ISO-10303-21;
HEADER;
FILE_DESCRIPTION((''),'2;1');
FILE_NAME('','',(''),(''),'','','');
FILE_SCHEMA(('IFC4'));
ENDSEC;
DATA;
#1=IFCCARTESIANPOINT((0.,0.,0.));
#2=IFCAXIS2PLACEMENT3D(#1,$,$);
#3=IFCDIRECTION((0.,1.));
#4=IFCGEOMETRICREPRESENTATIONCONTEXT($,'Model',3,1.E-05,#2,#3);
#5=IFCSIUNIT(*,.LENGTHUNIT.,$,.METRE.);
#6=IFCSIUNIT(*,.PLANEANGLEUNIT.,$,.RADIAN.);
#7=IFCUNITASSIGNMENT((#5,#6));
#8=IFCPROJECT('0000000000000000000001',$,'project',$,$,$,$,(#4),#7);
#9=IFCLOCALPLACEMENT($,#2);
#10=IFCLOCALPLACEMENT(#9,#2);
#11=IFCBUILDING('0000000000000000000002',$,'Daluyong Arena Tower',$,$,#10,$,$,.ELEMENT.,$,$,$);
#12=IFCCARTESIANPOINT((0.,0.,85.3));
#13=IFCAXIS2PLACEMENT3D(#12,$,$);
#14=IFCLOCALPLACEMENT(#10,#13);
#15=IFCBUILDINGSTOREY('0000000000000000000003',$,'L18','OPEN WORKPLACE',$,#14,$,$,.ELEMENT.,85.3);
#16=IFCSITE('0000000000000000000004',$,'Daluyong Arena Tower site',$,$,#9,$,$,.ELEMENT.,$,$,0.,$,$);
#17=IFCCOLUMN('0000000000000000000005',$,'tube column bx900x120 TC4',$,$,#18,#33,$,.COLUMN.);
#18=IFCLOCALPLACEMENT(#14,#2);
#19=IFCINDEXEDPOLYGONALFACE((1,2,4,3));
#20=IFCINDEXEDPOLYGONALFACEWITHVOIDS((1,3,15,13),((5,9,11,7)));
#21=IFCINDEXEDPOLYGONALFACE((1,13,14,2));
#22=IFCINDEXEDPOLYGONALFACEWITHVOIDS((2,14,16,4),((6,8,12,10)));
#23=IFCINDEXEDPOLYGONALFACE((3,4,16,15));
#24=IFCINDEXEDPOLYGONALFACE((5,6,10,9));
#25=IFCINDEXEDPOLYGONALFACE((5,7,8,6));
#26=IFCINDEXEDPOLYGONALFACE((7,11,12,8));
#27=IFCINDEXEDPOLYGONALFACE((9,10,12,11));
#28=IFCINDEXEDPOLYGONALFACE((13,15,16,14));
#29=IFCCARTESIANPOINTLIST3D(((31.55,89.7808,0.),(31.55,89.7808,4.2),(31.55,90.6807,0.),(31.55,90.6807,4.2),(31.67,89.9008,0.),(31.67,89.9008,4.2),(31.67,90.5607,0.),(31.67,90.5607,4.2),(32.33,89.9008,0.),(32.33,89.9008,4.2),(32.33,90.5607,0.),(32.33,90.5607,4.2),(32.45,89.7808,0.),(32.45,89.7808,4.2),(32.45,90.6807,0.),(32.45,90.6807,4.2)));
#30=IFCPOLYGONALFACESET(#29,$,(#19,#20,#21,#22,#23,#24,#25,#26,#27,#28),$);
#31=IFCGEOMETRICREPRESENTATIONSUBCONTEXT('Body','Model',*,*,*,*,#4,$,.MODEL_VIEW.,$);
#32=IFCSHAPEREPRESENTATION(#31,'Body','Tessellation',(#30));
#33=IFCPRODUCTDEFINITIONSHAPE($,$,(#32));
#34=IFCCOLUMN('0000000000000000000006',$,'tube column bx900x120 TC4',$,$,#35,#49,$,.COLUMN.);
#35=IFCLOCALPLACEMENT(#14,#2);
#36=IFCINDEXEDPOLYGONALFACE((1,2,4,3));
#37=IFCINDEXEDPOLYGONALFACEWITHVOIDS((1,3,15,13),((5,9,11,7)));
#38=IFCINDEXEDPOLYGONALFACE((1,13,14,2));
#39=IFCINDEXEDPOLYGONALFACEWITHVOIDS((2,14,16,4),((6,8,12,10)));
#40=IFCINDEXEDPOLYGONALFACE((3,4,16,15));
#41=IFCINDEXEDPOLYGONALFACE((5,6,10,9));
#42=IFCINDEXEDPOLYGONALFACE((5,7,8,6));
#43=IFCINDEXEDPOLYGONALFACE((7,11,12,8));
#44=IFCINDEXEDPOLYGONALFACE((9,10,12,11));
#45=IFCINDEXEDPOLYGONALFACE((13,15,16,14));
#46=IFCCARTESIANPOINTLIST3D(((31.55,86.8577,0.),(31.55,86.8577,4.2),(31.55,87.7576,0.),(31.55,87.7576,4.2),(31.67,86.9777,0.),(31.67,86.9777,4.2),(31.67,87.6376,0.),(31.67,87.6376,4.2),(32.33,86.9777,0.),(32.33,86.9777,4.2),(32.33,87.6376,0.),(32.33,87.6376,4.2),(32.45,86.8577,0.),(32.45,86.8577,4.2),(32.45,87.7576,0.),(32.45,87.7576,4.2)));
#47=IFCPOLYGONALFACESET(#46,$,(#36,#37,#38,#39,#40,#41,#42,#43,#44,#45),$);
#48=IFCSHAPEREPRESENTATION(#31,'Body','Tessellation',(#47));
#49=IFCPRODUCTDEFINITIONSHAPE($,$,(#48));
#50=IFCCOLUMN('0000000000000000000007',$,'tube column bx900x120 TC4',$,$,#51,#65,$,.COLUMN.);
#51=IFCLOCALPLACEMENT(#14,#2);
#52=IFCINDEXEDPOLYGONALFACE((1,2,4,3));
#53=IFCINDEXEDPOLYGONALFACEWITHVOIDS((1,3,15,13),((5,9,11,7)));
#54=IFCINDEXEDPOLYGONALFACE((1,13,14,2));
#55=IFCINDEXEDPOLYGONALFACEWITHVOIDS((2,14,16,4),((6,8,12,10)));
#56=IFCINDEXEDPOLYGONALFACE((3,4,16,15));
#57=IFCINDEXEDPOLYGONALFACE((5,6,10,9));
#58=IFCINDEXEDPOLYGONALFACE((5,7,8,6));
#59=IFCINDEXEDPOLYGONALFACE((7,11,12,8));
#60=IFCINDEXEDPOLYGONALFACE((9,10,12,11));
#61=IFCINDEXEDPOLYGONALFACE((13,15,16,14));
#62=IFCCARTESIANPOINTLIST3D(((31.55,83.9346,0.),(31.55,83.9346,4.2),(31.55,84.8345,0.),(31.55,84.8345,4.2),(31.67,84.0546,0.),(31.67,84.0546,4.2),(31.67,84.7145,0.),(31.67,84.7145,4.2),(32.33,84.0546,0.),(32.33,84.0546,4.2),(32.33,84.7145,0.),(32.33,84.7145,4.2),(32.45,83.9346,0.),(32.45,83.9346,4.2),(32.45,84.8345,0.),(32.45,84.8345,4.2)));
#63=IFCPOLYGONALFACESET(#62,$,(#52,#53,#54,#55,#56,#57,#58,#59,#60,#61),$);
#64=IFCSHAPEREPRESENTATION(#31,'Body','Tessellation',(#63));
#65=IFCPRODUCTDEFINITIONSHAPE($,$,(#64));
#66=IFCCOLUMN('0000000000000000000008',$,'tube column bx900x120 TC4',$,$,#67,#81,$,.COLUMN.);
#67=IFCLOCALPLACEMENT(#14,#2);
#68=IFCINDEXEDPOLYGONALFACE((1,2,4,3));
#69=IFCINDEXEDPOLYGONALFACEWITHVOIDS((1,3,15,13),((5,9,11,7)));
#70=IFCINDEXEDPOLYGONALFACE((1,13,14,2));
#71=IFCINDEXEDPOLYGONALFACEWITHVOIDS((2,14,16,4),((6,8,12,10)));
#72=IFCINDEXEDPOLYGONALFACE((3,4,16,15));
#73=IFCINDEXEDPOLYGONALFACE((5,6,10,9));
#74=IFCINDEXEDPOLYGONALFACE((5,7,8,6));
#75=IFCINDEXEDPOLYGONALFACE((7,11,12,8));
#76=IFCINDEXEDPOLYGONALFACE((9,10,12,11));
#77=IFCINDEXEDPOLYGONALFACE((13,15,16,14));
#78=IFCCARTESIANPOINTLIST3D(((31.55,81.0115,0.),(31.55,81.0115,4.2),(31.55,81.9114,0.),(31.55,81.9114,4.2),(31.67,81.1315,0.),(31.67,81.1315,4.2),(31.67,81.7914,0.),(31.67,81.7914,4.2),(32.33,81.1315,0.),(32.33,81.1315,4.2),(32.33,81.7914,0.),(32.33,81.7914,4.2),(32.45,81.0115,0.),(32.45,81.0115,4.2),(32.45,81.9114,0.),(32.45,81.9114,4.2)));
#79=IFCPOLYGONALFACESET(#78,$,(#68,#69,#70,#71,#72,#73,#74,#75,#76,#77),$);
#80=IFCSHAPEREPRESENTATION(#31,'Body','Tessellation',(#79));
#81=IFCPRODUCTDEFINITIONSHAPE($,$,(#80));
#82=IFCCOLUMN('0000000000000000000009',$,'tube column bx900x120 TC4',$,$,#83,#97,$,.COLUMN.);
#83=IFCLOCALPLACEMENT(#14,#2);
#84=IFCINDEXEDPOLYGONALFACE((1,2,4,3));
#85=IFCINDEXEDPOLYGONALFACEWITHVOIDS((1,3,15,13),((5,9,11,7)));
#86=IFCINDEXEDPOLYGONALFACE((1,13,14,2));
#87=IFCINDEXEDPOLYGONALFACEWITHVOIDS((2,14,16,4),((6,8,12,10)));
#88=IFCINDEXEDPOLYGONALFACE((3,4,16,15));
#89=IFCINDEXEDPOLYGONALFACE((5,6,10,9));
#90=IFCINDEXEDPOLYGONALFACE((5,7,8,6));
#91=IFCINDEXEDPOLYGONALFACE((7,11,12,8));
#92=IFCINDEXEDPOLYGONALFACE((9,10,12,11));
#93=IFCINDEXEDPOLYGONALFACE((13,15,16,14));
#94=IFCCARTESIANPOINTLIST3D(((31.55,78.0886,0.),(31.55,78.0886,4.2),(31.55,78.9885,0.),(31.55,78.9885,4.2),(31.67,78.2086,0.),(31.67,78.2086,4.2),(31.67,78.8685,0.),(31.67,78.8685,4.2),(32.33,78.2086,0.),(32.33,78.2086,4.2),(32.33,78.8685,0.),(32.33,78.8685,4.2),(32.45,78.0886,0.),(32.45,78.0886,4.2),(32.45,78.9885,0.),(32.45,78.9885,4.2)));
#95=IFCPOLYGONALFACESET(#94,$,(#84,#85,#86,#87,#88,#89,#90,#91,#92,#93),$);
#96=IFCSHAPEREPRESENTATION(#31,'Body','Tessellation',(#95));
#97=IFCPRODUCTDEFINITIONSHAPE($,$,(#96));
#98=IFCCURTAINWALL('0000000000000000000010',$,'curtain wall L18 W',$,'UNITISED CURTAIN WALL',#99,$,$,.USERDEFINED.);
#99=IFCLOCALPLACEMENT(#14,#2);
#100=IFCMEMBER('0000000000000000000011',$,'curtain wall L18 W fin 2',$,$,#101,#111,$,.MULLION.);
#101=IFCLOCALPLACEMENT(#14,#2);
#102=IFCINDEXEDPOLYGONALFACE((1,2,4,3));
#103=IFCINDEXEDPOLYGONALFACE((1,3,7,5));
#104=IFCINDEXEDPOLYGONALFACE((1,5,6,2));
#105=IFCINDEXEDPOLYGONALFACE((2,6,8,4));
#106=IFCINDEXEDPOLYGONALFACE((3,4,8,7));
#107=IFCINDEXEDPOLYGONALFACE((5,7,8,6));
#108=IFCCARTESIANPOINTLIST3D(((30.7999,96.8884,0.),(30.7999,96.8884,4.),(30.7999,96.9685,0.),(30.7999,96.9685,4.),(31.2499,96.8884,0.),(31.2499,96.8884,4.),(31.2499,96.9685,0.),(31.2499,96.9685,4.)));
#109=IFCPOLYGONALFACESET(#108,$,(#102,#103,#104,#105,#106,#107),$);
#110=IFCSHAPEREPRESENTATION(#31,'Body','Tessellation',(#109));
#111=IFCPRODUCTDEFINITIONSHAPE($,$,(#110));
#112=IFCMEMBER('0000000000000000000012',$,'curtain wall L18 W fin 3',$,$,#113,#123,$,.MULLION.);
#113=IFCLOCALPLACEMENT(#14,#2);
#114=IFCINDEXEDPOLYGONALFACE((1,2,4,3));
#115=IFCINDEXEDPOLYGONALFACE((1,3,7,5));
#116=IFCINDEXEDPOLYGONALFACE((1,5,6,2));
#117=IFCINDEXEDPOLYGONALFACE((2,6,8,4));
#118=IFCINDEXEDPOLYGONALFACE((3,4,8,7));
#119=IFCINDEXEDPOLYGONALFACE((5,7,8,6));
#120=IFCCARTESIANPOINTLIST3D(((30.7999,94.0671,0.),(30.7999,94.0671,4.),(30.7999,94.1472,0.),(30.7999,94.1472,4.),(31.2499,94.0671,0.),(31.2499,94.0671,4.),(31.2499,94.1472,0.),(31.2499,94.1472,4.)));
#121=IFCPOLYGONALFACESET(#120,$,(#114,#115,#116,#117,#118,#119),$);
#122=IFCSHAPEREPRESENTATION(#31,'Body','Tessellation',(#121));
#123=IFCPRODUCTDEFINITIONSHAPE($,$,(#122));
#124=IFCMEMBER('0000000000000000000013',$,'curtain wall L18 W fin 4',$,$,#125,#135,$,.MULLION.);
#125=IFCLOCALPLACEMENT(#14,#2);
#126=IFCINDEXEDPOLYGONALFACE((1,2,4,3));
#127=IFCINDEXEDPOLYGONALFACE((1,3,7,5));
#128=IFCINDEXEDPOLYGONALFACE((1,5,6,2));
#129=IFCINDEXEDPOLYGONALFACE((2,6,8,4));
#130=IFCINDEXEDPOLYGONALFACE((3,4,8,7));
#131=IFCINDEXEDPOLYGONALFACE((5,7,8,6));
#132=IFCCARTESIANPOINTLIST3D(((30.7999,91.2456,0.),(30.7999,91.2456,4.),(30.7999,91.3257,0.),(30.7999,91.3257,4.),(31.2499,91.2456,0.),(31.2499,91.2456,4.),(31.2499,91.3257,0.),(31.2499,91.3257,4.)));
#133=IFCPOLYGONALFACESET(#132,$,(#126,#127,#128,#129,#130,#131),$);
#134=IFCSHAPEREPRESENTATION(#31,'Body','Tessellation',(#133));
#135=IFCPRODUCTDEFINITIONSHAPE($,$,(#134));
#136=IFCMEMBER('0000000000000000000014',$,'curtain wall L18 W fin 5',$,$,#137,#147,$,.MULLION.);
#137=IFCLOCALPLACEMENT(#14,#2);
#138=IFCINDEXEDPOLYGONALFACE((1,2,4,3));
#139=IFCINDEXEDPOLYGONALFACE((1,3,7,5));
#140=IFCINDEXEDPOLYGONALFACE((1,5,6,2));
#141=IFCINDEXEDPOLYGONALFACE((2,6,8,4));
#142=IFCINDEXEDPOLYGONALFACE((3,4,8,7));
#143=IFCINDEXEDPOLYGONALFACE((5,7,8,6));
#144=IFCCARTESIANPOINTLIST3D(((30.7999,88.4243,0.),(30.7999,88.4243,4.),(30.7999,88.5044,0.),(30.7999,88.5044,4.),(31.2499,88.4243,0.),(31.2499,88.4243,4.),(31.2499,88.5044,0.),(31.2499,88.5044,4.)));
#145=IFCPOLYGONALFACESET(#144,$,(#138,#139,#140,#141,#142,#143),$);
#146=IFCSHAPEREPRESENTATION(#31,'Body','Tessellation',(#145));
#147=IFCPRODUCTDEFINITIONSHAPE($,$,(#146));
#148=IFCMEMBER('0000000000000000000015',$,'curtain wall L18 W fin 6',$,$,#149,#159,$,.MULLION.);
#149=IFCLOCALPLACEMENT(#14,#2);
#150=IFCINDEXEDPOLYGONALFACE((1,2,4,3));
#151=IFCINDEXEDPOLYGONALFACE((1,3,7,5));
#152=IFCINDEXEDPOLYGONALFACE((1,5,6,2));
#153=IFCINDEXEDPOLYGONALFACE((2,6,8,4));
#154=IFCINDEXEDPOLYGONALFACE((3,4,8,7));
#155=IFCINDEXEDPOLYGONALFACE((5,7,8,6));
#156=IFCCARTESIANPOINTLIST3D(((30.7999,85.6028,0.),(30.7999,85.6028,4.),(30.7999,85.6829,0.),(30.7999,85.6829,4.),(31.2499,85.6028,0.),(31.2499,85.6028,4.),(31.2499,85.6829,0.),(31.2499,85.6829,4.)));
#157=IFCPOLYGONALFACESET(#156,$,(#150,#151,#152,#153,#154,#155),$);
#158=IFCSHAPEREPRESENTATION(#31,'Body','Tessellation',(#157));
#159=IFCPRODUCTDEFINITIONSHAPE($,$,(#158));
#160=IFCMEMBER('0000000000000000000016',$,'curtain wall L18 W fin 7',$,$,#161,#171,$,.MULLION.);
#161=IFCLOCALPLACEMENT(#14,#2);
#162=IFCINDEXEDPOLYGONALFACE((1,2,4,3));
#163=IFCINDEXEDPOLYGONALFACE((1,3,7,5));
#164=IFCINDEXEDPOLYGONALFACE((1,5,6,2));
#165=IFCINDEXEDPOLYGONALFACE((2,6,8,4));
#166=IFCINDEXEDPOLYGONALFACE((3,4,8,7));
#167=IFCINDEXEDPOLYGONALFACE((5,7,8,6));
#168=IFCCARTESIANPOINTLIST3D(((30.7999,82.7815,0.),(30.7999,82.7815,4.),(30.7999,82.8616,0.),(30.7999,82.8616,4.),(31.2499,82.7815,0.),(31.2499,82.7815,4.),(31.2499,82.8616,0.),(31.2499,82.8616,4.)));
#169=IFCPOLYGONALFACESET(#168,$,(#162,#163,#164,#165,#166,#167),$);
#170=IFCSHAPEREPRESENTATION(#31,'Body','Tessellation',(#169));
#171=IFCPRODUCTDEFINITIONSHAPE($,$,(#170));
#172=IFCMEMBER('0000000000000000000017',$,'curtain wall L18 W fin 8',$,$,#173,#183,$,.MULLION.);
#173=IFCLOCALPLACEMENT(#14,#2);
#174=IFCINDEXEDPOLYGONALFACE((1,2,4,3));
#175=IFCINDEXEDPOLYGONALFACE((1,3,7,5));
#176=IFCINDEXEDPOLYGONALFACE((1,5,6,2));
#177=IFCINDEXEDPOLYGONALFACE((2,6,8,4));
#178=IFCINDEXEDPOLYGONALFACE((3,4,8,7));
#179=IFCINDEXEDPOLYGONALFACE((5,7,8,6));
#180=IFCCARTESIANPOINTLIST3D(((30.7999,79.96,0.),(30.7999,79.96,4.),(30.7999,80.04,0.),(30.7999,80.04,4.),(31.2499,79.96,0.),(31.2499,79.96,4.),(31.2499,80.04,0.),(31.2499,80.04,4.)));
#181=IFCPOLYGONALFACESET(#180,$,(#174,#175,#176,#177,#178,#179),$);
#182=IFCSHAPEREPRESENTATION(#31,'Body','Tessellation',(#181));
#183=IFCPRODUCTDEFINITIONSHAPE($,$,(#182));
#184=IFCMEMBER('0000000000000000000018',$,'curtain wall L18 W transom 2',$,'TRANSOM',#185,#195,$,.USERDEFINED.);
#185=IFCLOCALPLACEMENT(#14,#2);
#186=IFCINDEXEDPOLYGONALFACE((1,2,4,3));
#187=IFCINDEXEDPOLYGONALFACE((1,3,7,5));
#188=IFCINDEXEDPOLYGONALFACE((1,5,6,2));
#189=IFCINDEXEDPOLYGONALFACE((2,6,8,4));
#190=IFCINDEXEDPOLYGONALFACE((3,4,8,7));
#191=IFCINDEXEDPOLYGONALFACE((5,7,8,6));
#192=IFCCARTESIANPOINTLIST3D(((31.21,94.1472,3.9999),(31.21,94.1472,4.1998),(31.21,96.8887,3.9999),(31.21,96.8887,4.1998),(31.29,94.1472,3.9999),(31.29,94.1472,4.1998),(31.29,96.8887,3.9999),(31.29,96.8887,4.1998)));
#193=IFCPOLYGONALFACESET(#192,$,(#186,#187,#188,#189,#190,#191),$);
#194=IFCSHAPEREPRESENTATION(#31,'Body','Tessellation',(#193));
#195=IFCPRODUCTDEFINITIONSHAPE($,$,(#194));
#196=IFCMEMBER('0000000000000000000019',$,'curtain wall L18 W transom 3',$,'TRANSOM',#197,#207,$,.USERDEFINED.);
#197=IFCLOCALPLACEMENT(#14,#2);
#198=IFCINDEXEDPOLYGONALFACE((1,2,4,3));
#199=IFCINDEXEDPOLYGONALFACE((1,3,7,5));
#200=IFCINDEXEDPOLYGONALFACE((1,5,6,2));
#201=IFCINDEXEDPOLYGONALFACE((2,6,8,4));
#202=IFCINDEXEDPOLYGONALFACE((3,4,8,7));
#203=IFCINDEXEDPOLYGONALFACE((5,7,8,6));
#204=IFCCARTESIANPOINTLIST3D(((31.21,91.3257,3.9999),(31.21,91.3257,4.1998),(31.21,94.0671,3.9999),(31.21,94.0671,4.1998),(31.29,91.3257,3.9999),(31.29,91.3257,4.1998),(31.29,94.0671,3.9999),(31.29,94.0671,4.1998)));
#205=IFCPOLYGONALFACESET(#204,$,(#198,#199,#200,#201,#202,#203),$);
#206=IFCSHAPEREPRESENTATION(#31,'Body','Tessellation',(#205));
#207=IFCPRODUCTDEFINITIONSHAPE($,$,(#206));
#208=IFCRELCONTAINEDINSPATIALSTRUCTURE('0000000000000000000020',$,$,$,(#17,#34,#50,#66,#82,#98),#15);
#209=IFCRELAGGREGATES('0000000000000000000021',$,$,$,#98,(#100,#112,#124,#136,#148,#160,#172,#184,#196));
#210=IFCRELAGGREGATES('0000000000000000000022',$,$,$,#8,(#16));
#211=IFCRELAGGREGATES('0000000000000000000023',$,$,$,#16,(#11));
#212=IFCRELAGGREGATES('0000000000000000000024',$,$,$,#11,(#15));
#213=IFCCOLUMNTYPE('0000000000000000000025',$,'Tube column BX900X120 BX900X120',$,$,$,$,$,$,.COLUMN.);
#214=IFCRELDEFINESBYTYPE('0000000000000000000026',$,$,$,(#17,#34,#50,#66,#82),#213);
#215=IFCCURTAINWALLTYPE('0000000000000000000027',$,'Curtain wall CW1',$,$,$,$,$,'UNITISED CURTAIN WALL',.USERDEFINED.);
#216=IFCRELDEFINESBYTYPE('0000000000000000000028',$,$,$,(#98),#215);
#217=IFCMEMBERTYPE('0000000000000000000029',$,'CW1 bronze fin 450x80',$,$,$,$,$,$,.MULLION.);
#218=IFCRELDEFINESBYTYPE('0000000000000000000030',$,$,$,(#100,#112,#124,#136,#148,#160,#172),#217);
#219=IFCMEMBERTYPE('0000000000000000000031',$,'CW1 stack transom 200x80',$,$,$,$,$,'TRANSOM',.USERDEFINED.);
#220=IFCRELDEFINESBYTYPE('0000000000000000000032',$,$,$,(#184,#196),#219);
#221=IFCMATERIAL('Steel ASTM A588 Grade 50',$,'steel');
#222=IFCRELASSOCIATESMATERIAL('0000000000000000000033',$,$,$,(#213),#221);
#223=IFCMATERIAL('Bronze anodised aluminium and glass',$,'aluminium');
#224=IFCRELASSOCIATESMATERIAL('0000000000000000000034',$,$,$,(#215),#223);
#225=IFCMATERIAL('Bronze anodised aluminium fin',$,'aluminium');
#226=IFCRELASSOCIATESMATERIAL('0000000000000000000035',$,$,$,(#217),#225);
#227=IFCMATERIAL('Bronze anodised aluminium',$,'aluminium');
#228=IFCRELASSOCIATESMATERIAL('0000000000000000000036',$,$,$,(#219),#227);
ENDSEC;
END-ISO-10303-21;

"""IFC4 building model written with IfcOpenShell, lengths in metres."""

from ifc_helpers import new_model, si_unit, direction, frame, origin, origin_2d, place, context, subcontext, project, spatial, rectangle, hollow_rectangle, extrude, material, material_profile, profile_set, type_object, element, aggregate, save


model = new_model("IFC4")

# Units and contexts
model_context = context("Model", 3, precision=1e-05, world=origin(), true_north=direction((0.0, 1.0)))
body_context = subcontext(model_context, "Body", "Model", "MODEL_VIEW")
ifc_project = project(units=[si_unit("LENGTHUNIT", "METRE"), si_unit("PLANEANGLEUNIT", "RADIAN")], contexts=[model_context])

# Site, building, storey
site_placement = place(None, origin())
site = spatial("IfcSite", under=ifc_project, at=site_placement, Name="Daluyong Arena Tower site", CompositionType="ELEMENT", RefElevation=0.0)
building_placement = place(site_placement, origin())
building = spatial("IfcBuilding", under=site, at=building_placement, Name="Daluyong Arena Tower", CompositionType="ELEMENT")
storey_placement = place(building_placement, frame((0.0, 0.0, 85.3)))
storey = spatial("IfcBuildingStorey", under=building, at=storey_placement, Name="L18", Description="OPEN WORKPLACE", CompositionType="ELEMENT", Elevation=85.3)

# Columns
ifc_material_1 = material(Name="Steel ASTM A588 Grade 50", Category="steel")
ifc_material_profile_1 = material_profile(ifc_material_1, hollow_rectangle(XDim=0.8999, YDim=0.8999, WallThickness=0.12, at=origin_2d()))
ifc_profile_set_1 = profile_set([ifc_material_profile_1], Name="Steel ASTM A588 Grade 50")
column_type = type_object("IfcColumnType", Name="Tube column BX900X120 BX900X120", PredefinedType="COLUMN", material=ifc_profile_set_1)
for number, where, z_axis, x_axis, name in (
    (1, (32.0, 90.2307, 0.0), (0.0, 0.0, 1.0), (0.0, 1.0, 0.0), "tube column bx900x120 TC4"),
    (2, (32.0, 87.3076, 0.0), (0.0, 0.0, 1.0), (0.0, 1.0, 0.0), "tube column bx900x120 TC4"),
    (3, (32.0, 84.3845, 0.0), (0.0, 0.0, 1.0), (0.0, 1.0, 0.0), "tube column bx900x120 TC4"),
    (4, (32.0, 81.4614, 0.0), (0.0, 0.0, 1.0), (0.0, 1.0, 0.0), "tube column bx900x120 TC4"),
    (5, (32.0, 78.5386, 0.0), (0.0, 0.0, 1.0), (0.0, 1.0, 0.0), "tube column bx900x120 TC4"),
):
    element("IfcColumn", number, at=place(storey_placement, frame(where, z_axis=z_axis, x_axis=x_axis)), inside=storey, type_object=column_type, Name=name, PredefinedType="COLUMN", context=body_context, shape_type="SweptSolid", body=[
        extrude(hollow_rectangle(XDim=0.8999, YDim=0.8999, WallThickness=0.12, at=origin_2d()), origin(), (0.0, 0.0, 1.0), 4.2),
    ])

# Curtain wall, members
ifc_material_2 = material(Name="Bronze anodised aluminium and glass", Category="aluminium")
curtain_wall_type = type_object("IfcCurtainWallType", Name="Curtain wall CW1", ElementType="UNITISED CURTAIN WALL", PredefinedType="USERDEFINED", material=ifc_material_2)
curtain_wall_placement = place(storey_placement, origin())
curtain_wall = element("IfcCurtainWall", 6, at=curtain_wall_placement, inside=storey, type_object=curtain_wall_type, Name="curtain wall L18 W", ObjectType="UNITISED CURTAIN WALL", PredefinedType="USERDEFINED")
ifc_material_3 = material(Name="Bronze anodised aluminium fin", Category="aluminium")
ifc_material_profile_2 = material_profile(ifc_material_3, rectangle(XDim=0.45, YDim=0.0801, at=origin_2d()))
ifc_profile_set_2 = profile_set([ifc_material_profile_2], Name="Bronze anodised aluminium fin")
member_type_1 = type_object("IfcMemberType", Name="CW1 bronze fin 450x80", PredefinedType="MULLION", material=ifc_profile_set_2)
member_1_placement = place(storey_placement, frame((31.0249, 96.9285, 0.0), z_axis=(0.0, 0.0, 1.0), x_axis=(1.0, 0.0, 0.0)))
member_1 = element("IfcMember", 7, at=member_1_placement, type_object=member_type_1, Name="curtain wall L18 W fin 2", PredefinedType="MULLION", context=body_context, shape_type="SweptSolid", body=[
    extrude(rectangle(XDim=0.45, YDim=0.0801, at=origin_2d()), origin(), (0.0, 0.0, 1.0), 4.0),
])
member_2_placement = place(storey_placement, frame((31.0249, 94.1072, 0.0), z_axis=(0.0, 0.0, 1.0), x_axis=(1.0, 0.0, 0.0)))
member_2 = element("IfcMember", 8, at=member_2_placement, type_object=member_type_1, Name="curtain wall L18 W fin 3", PredefinedType="MULLION", context=body_context, shape_type="SweptSolid", body=[
    extrude(rectangle(XDim=0.45, YDim=0.0801, at=origin_2d()), origin(), (0.0, 0.0, 1.0), 4.0),
])
member_3_placement = place(storey_placement, frame((31.0249, 91.2856, 0.0), z_axis=(0.0, 0.0, 1.0), x_axis=(1.0, 0.0, 0.0)))
member_3 = element("IfcMember", 9, at=member_3_placement, type_object=member_type_1, Name="curtain wall L18 W fin 4", PredefinedType="MULLION", context=body_context, shape_type="SweptSolid", body=[
    extrude(rectangle(XDim=0.45, YDim=0.0801, at=origin_2d()), origin(), (0.0, 0.0, 1.0), 4.0),
])
member_4_placement = place(storey_placement, frame((31.0249, 88.4644, 0.0), z_axis=(0.0, 0.0, 1.0), x_axis=(1.0, 0.0, 0.0)))
member_4 = element("IfcMember", 10, at=member_4_placement, type_object=member_type_1, Name="curtain wall L18 W fin 5", PredefinedType="MULLION", context=body_context, shape_type="SweptSolid", body=[
    extrude(rectangle(XDim=0.45, YDim=0.0801, at=origin_2d()), origin(), (0.0, 0.0, 1.0), 4.0),
])
member_5_placement = place(storey_placement, frame((31.0249, 85.6428, 0.0), z_axis=(0.0, 0.0, 1.0), x_axis=(1.0, 0.0, 0.0)))
member_5 = element("IfcMember", 11, at=member_5_placement, type_object=member_type_1, Name="curtain wall L18 W fin 6", PredefinedType="MULLION", context=body_context, shape_type="SweptSolid", body=[
    extrude(rectangle(XDim=0.45, YDim=0.0801, at=origin_2d()), origin(), (0.0, 0.0, 1.0), 4.0),
])
member_6_placement = place(storey_placement, frame((31.0249, 82.8215, 0.0), z_axis=(0.0, 0.0, 1.0), x_axis=(1.0, 0.0, 0.0)))
member_6 = element("IfcMember", 12, at=member_6_placement, type_object=member_type_1, Name="curtain wall L18 W fin 7", PredefinedType="MULLION", context=body_context, shape_type="SweptSolid", body=[
    extrude(rectangle(XDim=0.45, YDim=0.0801, at=origin_2d()), origin(), (0.0, 0.0, 1.0), 4.0),
])
member_7_placement = place(storey_placement, frame((31.0249, 80.0, 0.0), z_axis=(0.0, 0.0, 1.0), x_axis=(1.0, 0.0, 0.0)))
member_7 = element("IfcMember", 13, at=member_7_placement, type_object=member_type_1, Name="curtain wall L18 W fin 8", PredefinedType="MULLION", context=body_context, shape_type="SweptSolid", body=[
    extrude(rectangle(XDim=0.45, YDim=0.0801, at=origin_2d()), origin(), (0.0, 0.0, 1.0), 4.0),
])
ifc_material_4 = material(Name="Bronze anodised aluminium", Category="aluminium")
ifc_material_profile_3 = material_profile(ifc_material_4, rectangle(XDim=0.0801, YDim=0.2, at=origin_2d()))
ifc_profile_set_3 = profile_set([ifc_material_profile_3], Name="Bronze anodised aluminium")
member_type_2 = type_object("IfcMemberType", Name="CW1 stack transom 200x80", ElementType="TRANSOM", PredefinedType="USERDEFINED", material=ifc_profile_set_3)
member_8_placement = place(storey_placement, frame((31.25, 96.8887, 4.0999), z_axis=(0.0, -1.0, 0.0), x_axis=(1.0, 0.0, 0.0)))
member_8 = element("IfcMember", 14, at=member_8_placement, type_object=member_type_2, Name="curtain wall L18 W transom 2", ObjectType="TRANSOM", PredefinedType="USERDEFINED", context=body_context, shape_type="SweptSolid", body=[
    extrude(rectangle(XDim=0.0801, YDim=0.2, at=origin_2d()), origin(), (0.0, 0.0, 1.0), 2.7415),
])
member_9_placement = place(storey_placement, frame((31.25, 94.0671, 4.0999), z_axis=(0.0, -1.0, 0.0), x_axis=(1.0, 0.0, 0.0)))
member_9 = element("IfcMember", 15, at=member_9_placement, type_object=member_type_2, Name="curtain wall L18 W transom 3", ObjectType="TRANSOM", PredefinedType="USERDEFINED", context=body_context, shape_type="SweptSolid", body=[
    extrude(rectangle(XDim=0.0801, YDim=0.2, at=origin_2d()), origin(), (0.0, 0.0, 1.0), 2.7415),
])

aggregate(curtain_wall, [member_1, member_2, member_3, member_4, member_5, member_6, member_7, member_8, member_9])

save(model, "model.ifc")
